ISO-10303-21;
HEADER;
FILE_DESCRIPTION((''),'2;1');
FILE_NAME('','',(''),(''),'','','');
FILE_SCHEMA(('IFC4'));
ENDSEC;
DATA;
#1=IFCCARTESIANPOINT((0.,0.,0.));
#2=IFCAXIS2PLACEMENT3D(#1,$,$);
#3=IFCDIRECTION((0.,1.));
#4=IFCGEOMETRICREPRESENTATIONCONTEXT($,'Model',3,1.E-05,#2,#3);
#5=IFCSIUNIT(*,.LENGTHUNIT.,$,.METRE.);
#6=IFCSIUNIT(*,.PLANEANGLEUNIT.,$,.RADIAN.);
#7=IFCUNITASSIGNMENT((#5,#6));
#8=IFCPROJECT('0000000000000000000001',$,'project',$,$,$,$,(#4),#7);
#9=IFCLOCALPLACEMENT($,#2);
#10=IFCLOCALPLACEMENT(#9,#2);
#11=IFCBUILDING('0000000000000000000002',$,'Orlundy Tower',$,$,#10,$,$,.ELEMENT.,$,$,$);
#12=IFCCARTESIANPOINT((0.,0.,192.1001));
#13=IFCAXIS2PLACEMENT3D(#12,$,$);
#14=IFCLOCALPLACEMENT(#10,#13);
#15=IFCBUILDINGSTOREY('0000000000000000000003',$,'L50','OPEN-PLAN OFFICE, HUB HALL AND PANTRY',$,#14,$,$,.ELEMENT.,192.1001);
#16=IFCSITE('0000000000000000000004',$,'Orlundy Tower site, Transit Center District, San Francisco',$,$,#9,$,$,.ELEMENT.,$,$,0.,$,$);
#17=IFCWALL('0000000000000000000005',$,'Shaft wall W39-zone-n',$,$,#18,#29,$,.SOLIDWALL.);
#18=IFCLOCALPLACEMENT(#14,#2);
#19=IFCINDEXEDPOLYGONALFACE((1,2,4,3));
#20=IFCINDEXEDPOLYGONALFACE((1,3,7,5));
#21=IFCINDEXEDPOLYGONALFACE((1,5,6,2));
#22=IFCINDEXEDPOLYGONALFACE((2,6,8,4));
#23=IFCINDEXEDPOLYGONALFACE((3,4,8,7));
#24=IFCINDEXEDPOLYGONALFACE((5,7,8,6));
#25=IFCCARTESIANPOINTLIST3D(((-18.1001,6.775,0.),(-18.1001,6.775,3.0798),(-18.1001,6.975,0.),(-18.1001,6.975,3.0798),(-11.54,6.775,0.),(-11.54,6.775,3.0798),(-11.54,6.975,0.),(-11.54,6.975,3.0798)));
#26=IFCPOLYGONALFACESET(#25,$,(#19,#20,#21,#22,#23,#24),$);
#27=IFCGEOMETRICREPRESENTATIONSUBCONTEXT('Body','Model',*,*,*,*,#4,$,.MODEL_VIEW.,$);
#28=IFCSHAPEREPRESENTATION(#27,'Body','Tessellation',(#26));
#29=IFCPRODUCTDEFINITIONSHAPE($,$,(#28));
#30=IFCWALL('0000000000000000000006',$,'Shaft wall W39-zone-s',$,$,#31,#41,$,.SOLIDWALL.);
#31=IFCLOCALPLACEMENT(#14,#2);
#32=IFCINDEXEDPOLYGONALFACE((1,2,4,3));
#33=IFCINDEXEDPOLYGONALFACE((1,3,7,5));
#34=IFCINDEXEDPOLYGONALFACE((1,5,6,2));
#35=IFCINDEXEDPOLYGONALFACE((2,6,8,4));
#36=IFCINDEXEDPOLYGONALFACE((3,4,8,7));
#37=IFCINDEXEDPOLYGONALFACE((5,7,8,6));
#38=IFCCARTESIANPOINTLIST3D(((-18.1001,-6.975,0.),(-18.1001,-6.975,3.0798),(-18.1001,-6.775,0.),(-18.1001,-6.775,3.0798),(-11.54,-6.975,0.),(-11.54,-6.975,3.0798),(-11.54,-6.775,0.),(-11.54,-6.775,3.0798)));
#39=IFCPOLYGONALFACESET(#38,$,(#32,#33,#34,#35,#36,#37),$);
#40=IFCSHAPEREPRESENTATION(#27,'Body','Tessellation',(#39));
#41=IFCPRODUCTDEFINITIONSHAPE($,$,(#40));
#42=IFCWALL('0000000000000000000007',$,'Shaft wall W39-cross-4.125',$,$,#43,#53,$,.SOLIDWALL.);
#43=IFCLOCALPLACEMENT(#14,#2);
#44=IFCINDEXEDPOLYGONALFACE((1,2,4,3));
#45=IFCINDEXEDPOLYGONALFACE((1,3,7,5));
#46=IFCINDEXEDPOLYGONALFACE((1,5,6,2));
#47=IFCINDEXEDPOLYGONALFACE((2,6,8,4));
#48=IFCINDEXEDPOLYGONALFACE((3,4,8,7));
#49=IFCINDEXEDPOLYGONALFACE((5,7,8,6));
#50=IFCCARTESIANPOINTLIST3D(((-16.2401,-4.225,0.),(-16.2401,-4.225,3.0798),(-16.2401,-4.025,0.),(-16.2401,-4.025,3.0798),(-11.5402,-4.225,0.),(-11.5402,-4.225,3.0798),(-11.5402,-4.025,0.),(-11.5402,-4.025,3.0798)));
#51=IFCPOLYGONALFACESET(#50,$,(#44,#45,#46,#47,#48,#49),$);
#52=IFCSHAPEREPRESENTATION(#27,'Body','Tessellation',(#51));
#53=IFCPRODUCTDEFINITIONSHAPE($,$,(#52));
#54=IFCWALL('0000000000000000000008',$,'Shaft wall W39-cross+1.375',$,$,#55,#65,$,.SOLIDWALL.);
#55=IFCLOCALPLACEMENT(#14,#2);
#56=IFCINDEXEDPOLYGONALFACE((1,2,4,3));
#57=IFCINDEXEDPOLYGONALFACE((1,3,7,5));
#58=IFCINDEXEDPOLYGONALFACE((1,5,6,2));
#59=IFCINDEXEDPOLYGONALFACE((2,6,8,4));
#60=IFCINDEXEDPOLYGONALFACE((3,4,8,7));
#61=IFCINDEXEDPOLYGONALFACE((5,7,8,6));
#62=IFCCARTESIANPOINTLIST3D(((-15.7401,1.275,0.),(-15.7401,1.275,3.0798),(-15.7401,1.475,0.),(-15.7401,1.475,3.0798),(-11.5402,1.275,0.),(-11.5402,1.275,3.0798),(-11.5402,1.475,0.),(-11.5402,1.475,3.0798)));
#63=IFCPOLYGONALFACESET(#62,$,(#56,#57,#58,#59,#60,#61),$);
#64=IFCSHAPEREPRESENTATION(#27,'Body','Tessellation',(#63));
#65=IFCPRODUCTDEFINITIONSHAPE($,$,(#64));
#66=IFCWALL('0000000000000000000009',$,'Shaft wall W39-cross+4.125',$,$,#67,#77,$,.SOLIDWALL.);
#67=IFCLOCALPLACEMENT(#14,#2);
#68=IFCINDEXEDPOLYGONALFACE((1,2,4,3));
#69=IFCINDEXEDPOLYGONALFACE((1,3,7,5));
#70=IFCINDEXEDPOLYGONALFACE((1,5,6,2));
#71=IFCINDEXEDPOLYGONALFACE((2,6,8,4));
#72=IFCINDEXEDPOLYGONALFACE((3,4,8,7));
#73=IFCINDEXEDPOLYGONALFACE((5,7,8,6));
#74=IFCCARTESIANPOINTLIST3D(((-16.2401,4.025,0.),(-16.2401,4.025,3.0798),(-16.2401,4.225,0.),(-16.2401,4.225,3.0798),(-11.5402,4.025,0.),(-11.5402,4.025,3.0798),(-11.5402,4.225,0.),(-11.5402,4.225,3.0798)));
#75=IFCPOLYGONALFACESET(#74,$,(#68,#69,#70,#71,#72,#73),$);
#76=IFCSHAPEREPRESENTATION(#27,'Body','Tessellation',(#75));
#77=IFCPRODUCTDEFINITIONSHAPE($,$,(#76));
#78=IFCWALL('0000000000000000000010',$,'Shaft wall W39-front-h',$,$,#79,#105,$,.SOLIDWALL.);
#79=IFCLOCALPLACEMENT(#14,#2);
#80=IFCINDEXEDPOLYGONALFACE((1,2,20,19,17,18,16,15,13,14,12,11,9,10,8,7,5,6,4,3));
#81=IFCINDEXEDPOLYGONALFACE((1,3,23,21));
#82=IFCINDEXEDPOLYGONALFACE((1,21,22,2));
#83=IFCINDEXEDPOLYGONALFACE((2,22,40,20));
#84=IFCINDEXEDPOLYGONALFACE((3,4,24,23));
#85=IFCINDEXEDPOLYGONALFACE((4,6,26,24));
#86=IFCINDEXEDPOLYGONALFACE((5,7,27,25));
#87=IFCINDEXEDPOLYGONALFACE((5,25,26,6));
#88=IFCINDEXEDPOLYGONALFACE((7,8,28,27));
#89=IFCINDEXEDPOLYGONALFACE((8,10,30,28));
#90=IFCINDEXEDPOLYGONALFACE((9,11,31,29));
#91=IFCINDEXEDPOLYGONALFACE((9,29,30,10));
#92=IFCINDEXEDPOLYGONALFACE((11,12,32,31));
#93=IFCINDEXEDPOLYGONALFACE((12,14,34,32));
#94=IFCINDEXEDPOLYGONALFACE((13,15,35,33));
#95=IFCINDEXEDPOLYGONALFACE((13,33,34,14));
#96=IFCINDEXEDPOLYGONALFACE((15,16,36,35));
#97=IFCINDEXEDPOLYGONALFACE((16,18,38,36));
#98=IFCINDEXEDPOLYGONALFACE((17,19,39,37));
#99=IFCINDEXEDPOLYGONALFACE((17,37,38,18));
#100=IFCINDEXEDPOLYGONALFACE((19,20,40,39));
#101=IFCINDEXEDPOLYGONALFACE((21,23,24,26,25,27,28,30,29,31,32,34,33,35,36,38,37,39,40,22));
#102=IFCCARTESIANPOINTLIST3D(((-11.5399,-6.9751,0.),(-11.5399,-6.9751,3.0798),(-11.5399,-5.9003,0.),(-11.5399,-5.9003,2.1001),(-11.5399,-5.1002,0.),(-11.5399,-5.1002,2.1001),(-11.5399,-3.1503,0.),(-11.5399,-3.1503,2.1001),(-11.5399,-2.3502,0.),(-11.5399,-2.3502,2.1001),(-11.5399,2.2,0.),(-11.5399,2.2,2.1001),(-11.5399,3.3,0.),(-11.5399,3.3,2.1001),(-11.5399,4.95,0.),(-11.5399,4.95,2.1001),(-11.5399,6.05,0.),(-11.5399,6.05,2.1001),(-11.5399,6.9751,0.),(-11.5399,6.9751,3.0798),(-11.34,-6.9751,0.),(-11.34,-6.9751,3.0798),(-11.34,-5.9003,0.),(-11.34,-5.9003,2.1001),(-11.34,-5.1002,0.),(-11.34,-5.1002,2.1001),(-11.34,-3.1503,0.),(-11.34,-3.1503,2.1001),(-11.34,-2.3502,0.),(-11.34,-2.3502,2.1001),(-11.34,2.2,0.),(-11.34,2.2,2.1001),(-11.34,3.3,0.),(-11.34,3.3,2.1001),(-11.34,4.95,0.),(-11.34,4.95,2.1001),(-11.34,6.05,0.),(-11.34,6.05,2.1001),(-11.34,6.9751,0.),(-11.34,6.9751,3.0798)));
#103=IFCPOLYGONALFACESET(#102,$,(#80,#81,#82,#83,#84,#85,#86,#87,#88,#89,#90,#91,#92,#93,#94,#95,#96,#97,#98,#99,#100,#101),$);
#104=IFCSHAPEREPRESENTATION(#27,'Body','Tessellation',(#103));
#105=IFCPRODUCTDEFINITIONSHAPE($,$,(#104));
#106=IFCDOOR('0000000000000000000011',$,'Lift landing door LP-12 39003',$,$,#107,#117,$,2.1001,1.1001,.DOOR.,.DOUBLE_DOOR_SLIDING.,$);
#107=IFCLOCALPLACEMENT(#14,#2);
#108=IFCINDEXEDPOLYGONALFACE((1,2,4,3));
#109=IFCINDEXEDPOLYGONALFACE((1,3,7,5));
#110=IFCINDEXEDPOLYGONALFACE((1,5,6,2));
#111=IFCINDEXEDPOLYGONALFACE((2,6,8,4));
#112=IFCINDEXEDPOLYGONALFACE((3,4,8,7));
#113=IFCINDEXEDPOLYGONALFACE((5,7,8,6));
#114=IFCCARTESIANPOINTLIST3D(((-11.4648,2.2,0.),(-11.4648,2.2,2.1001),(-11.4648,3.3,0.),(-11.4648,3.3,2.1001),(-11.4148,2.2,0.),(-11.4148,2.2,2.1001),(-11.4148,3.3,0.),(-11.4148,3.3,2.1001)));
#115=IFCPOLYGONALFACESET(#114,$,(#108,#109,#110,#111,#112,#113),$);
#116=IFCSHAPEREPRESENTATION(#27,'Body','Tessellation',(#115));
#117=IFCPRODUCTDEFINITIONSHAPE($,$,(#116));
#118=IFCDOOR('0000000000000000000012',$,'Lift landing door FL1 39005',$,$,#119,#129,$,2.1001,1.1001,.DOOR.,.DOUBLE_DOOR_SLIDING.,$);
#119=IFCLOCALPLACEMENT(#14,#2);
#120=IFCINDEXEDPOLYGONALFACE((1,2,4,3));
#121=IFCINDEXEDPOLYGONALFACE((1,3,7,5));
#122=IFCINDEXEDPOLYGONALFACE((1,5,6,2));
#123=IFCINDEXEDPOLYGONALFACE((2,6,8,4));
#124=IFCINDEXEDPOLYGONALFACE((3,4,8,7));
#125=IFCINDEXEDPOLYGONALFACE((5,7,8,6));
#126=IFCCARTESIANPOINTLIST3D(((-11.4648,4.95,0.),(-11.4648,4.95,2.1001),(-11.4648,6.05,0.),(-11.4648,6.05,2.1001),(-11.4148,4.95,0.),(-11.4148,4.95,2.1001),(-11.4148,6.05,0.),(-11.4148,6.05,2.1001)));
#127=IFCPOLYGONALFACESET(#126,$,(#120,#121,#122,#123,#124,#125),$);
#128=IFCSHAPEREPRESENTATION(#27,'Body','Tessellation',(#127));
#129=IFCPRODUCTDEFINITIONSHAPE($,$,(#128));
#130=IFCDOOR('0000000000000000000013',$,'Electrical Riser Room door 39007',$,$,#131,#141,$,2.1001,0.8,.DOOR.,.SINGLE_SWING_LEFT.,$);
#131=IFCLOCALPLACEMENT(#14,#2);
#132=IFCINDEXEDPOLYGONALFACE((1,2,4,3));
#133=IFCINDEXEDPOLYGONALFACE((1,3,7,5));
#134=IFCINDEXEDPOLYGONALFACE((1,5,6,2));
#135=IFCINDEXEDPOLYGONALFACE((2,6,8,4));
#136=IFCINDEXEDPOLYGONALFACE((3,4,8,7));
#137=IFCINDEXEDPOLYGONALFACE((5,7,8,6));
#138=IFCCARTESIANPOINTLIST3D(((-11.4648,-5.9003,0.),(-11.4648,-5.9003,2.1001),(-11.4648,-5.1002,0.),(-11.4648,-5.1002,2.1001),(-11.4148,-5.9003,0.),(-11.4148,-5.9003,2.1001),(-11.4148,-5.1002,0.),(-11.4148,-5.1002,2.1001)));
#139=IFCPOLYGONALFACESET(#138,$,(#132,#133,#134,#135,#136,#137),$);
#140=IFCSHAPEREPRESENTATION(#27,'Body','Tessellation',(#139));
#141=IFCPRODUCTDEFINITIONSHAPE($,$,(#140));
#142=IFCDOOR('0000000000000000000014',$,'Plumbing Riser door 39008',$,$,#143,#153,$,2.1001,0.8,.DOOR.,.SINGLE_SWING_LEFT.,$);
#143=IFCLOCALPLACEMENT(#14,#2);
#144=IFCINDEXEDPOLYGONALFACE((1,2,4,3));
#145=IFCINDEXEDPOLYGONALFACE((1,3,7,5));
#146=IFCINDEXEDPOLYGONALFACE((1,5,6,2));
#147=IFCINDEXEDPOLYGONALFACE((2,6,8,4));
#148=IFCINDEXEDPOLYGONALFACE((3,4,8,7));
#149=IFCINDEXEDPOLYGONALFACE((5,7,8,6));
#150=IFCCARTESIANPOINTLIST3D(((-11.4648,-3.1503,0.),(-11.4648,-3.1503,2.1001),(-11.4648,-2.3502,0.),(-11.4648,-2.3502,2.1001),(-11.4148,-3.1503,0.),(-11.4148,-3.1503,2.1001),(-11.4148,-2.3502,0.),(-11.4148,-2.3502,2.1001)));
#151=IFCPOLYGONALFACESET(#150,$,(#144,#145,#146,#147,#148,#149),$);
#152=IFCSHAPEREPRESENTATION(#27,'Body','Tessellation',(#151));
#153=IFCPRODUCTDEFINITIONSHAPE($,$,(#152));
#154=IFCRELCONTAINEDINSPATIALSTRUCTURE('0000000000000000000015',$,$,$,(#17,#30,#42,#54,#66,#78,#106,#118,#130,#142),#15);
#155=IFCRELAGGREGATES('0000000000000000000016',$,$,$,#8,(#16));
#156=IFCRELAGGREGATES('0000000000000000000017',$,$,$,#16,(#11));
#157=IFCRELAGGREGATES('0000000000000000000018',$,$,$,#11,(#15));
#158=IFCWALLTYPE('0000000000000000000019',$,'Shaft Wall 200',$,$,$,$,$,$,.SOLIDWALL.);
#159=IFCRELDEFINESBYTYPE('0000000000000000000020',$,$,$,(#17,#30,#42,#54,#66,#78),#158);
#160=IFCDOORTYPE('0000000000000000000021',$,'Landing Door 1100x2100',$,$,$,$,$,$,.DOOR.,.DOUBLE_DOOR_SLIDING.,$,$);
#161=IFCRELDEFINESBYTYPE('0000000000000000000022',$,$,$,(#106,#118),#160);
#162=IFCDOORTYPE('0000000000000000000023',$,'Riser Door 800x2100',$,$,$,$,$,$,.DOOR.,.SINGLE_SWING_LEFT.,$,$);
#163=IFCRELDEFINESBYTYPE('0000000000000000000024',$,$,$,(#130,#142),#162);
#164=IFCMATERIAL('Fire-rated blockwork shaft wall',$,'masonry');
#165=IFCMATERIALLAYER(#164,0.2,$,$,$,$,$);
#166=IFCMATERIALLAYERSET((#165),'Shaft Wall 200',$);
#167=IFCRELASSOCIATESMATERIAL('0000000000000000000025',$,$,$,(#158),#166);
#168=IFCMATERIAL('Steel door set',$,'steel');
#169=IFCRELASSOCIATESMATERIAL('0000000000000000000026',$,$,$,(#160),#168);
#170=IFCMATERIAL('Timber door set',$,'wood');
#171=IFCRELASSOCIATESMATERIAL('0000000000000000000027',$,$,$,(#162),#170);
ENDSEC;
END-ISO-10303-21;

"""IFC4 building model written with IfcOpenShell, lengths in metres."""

from ifc_helpers import new_model, si_unit, direction, frame, frame_2d, origin, place, context, subcontext, project, spatial, rectangle, extrude, material, layer, layer_set, type_object, element, fill, save


model = new_model("IFC4")

# Units and contexts
model_context = context("Model", 3, precision=1e-05, world=origin(), true_north=direction((0.0, 1.0)))
body_context = subcontext(model_context, "Body", "Model", "MODEL_VIEW")
ifc_project = project(units=[si_unit("LENGTHUNIT", "METRE"), si_unit("PLANEANGLEUNIT", "RADIAN")], contexts=[model_context])

# Site, building, storey
site_placement = place(None, origin())
site = spatial("IfcSite", under=ifc_project, at=site_placement, Name="Orlundy Tower site, Transit Center District, San Francisco", CompositionType="ELEMENT", RefElevation=0.0)
building_placement = place(site_placement, origin())
building = spatial("IfcBuilding", under=site, at=building_placement, Name="Orlundy Tower", CompositionType="ELEMENT")
storey_placement = place(building_placement, frame((0.0, 0.0, 192.1001)))
storey = spatial("IfcBuildingStorey", under=building, at=storey_placement, Name="L50", Description="OPEN-PLAN OFFICE, HUB HALL AND PANTRY", CompositionType="ELEMENT", Elevation=192.1001)

# Walls
ifc_material_1 = material(Name="Fire-rated blockwork shaft wall", Category="masonry")
ifc_layer_1 = layer(ifc_material_1, 0.2)
ifc_layer_set_1 = layer_set([ifc_layer_1], Name="Shaft Wall 200")
wall_type_1 = type_object("IfcWallType", Name="Shaft Wall 200", PredefinedType="SOLIDWALL", material=ifc_layer_set_1)
for number, where, z_axis, x_axis, name in (
    (1, (-11.54, 6.875, 0.0), (0.0, 0.0, 1.0), (-1.0, 0.0, 0.0), "Shaft wall W39-zone-n"),
    (2, (-11.54, -6.875, 0.0), (0.0, 0.0, 1.0), (-1.0, 0.0, 0.0), "Shaft wall W39-zone-s"),
):
    element("IfcWall", number, at=place(storey_placement, frame(where, z_axis=z_axis, x_axis=x_axis)), inside=storey, type_object=wall_type_1, Name=name, PredefinedType="SOLIDWALL", context=body_context, shape_type="SweptSolid", body=[
        extrude(rectangle(XDim=6.5601, YDim=0.2, at=frame_2d((3.28, 0.0))), origin(), (0.0, 0.0, 1.0), 3.0798),
    ])
wall_1_placement = place(storey_placement, frame((-11.54, -4.125, 0.0), z_axis=(0.0, 0.0, 1.0), x_axis=(-1.0, 0.0, 0.0)))
element("IfcWall", 3, at=wall_1_placement, inside=storey, type_object=wall_type_1, Name="Shaft wall W39-cross-4.125", PredefinedType="SOLIDWALL", context=body_context, shape_type="SweptSolid", body=[
    extrude(rectangle(XDim=4.7, YDim=0.2, at=frame_2d((2.3501, 0.0))), origin(), (0.0, 0.0, 1.0), 3.0798),
])
wall_2_placement = place(storey_placement, frame((-11.54, 1.375, 0.0), z_axis=(0.0, 0.0, 1.0), x_axis=(-1.0, 0.0, 0.0)))
element("IfcWall", 4, at=wall_2_placement, inside=storey, type_object=wall_type_1, Name="Shaft wall W39-cross+1.375", PredefinedType="SOLIDWALL", context=body_context, shape_type="SweptSolid", body=[
    extrude(rectangle(XDim=4.2, YDim=0.2, at=frame_2d((2.1001, 0.0))), origin(), (0.0, 0.0, 1.0), 3.0798),
])
wall_3_placement = place(storey_placement, frame((-11.54, 4.125, 0.0), z_axis=(0.0, 0.0, 1.0), x_axis=(-1.0, 0.0, 0.0)))
element("IfcWall", 5, at=wall_3_placement, inside=storey, type_object=wall_type_1, Name="Shaft wall W39-cross+4.125", PredefinedType="SOLIDWALL", context=body_context, shape_type="SweptSolid", body=[
    extrude(rectangle(XDim=4.7, YDim=0.2, at=frame_2d((2.3501, 0.0))), origin(), (0.0, 0.0, 1.0), 3.0798),
])

# Wall, openings, doors
wall_4_placement = place(storey_placement, frame((-11.4399, -6.9751, 0.0), z_axis=(0.0, 0.0, 1.0), x_axis=(0.0, 1.0, 0.0)))
wall_4 = element("IfcWall", 6, at=wall_4_placement, inside=storey, type_object=wall_type_1, Name="Shaft wall W39-front-h", PredefinedType="SOLIDWALL", context=body_context, shape_type="SweptSolid", body=[
    extrude(rectangle(XDim=13.9502, YDim=0.2, at=frame_2d((6.9751, 0.0))), origin(), (0.0, 0.0, 1.0), 3.0798),
])
opening_1_placement = place(wall_4_placement, frame((9.175, 0.0, 0.0)))
opening_1 = element("IfcOpeningElement", 7, at=opening_1_placement, cuts=wall_4, PredefinedType="OPENING", context=body_context, shape_type="SweptSolid", body=[
    extrude(rectangle(XDim=1.1001, YDim=2.1001, at=frame_2d((0.55, 1.05))), frame((0.0, 0.1101, 0.0), z_axis=(0.0, -1.0, 0.0), x_axis=(1.0, 0.0, 0.0)), (0.0, 0.0, 1.0), 0.2202),
])
opening_2_placement = place(wall_4_placement, frame((11.925, 0.0, 0.0)))
opening_2 = element("IfcOpeningElement", 8, at=opening_2_placement, cuts=wall_4, PredefinedType="OPENING", context=body_context, shape_type="SweptSolid", body=[
    extrude(rectangle(XDim=1.1001, YDim=2.1001, at=frame_2d((0.55, 1.05))), frame((0.0, 0.1101, 0.0), z_axis=(0.0, -1.0, 0.0), x_axis=(1.0, 0.0, 0.0)), (0.0, 0.0, 1.0), 0.2202),
])
opening_3_placement = place(wall_4_placement, frame((1.075, 0.0, 0.0)))
opening_3 = element("IfcOpeningElement", 9, at=opening_3_placement, cuts=wall_4, PredefinedType="OPENING", context=body_context, shape_type="SweptSolid", body=[
    extrude(rectangle(XDim=0.8, YDim=2.1001, at=frame_2d((0.3999, 1.05))), frame((0.0, 0.1101, 0.0), z_axis=(0.0, -1.0, 0.0), x_axis=(1.0, 0.0, 0.0)), (0.0, 0.0, 1.0), 0.2202),
])
opening_4_placement = place(wall_4_placement, frame((3.825, 0.0, 0.0)))
opening_4 = element("IfcOpeningElement", 10, at=opening_4_placement, cuts=wall_4, PredefinedType="OPENING", context=body_context, shape_type="SweptSolid", body=[
    extrude(rectangle(XDim=0.8, YDim=2.1001, at=frame_2d((0.3999, 1.05))), frame((0.0, 0.1101, 0.0), z_axis=(0.0, -1.0, 0.0), x_axis=(1.0, 0.0, 0.0)), (0.0, 0.0, 1.0), 0.2202),
])
ifc_material_2 = material(Name="Steel door set", Category="steel")
door_type_1 = type_object("IfcDoorType", Name="Landing Door 1100x2100", OperationType="DOUBLE_DOOR_SLIDING", PredefinedType="DOOR", material=ifc_material_2)
door_1_placement = place(opening_1_placement, origin())
door_1 = element("IfcDoor", 11, at=door_1_placement, inside=storey, type_object=door_type_1, Name="Lift landing door LP-12 39003", OperationType="DOUBLE_DOOR_SLIDING", OverallHeight=2.1001, OverallWidth=1.1001, PredefinedType="DOOR", context=body_context, shape_type="SweptSolid", body=[
    extrude(rectangle(XDim=1.1001, YDim=2.1001, at=frame_2d((0.55, 1.05))), frame((0.0, 0.0249, 0.0), z_axis=(0.0, -1.0, 0.0), x_axis=(1.0, 0.0, 0.0)), (0.0, 0.0, 1.0), 0.05),
])
fill(opening_1, door_1)
door_2_placement = place(opening_2_placement, origin())
door_2 = element("IfcDoor", 12, at=door_2_placement, inside=storey, type_object=door_type_1, Name="Lift landing door FL1 39005", OperationType="DOUBLE_DOOR_SLIDING", OverallHeight=2.1001, OverallWidth=1.1001, PredefinedType="DOOR", context=body_context, shape_type="SweptSolid", body=[
    extrude(rectangle(XDim=1.1001, YDim=2.1001, at=frame_2d((0.55, 1.05))), frame((0.0, 0.0249, 0.0), z_axis=(0.0, -1.0, 0.0), x_axis=(1.0, 0.0, 0.0)), (0.0, 0.0, 1.0), 0.05),
])
fill(opening_2, door_2)
ifc_material_3 = material(Name="Timber door set", Category="wood")
door_type_2 = type_object("IfcDoorType", Name="Riser Door 800x2100", OperationType="SINGLE_SWING_LEFT", PredefinedType="DOOR", material=ifc_material_3)
door_3_placement = place(opening_3_placement, origin())
door_3 = element("IfcDoor", 13, at=door_3_placement, inside=storey, type_object=door_type_2, Name="Electrical Riser Room door 39007", OperationType="SINGLE_SWING_LEFT", OverallHeight=2.1001, OverallWidth=0.8, PredefinedType="DOOR", context=body_context, shape_type="SweptSolid", body=[
    extrude(rectangle(XDim=0.8, YDim=2.1001, at=frame_2d((0.3999, 1.05))), frame((0.0, 0.0249, 0.0), z_axis=(0.0, -1.0, 0.0), x_axis=(1.0, 0.0, 0.0)), (0.0, 0.0, 1.0), 0.05),
])
fill(opening_3, door_3)
door_4_placement = place(opening_4_placement, origin())
door_4 = element("IfcDoor", 14, at=door_4_placement, inside=storey, type_object=door_type_2, Name="Plumbing Riser door 39008", OperationType="SINGLE_SWING_LEFT", OverallHeight=2.1001, OverallWidth=0.8, PredefinedType="DOOR", context=body_context, shape_type="SweptSolid", body=[
    extrude(rectangle(XDim=0.8, YDim=2.1001, at=frame_2d((0.3999, 1.05))), frame((0.0, 0.0249, 0.0), z_axis=(0.0, -1.0, 0.0), x_axis=(1.0, 0.0, 0.0)), (0.0, 0.0, 1.0), 0.05),
])
fill(opening_4, door_4)

save(model, "model.ifc")
